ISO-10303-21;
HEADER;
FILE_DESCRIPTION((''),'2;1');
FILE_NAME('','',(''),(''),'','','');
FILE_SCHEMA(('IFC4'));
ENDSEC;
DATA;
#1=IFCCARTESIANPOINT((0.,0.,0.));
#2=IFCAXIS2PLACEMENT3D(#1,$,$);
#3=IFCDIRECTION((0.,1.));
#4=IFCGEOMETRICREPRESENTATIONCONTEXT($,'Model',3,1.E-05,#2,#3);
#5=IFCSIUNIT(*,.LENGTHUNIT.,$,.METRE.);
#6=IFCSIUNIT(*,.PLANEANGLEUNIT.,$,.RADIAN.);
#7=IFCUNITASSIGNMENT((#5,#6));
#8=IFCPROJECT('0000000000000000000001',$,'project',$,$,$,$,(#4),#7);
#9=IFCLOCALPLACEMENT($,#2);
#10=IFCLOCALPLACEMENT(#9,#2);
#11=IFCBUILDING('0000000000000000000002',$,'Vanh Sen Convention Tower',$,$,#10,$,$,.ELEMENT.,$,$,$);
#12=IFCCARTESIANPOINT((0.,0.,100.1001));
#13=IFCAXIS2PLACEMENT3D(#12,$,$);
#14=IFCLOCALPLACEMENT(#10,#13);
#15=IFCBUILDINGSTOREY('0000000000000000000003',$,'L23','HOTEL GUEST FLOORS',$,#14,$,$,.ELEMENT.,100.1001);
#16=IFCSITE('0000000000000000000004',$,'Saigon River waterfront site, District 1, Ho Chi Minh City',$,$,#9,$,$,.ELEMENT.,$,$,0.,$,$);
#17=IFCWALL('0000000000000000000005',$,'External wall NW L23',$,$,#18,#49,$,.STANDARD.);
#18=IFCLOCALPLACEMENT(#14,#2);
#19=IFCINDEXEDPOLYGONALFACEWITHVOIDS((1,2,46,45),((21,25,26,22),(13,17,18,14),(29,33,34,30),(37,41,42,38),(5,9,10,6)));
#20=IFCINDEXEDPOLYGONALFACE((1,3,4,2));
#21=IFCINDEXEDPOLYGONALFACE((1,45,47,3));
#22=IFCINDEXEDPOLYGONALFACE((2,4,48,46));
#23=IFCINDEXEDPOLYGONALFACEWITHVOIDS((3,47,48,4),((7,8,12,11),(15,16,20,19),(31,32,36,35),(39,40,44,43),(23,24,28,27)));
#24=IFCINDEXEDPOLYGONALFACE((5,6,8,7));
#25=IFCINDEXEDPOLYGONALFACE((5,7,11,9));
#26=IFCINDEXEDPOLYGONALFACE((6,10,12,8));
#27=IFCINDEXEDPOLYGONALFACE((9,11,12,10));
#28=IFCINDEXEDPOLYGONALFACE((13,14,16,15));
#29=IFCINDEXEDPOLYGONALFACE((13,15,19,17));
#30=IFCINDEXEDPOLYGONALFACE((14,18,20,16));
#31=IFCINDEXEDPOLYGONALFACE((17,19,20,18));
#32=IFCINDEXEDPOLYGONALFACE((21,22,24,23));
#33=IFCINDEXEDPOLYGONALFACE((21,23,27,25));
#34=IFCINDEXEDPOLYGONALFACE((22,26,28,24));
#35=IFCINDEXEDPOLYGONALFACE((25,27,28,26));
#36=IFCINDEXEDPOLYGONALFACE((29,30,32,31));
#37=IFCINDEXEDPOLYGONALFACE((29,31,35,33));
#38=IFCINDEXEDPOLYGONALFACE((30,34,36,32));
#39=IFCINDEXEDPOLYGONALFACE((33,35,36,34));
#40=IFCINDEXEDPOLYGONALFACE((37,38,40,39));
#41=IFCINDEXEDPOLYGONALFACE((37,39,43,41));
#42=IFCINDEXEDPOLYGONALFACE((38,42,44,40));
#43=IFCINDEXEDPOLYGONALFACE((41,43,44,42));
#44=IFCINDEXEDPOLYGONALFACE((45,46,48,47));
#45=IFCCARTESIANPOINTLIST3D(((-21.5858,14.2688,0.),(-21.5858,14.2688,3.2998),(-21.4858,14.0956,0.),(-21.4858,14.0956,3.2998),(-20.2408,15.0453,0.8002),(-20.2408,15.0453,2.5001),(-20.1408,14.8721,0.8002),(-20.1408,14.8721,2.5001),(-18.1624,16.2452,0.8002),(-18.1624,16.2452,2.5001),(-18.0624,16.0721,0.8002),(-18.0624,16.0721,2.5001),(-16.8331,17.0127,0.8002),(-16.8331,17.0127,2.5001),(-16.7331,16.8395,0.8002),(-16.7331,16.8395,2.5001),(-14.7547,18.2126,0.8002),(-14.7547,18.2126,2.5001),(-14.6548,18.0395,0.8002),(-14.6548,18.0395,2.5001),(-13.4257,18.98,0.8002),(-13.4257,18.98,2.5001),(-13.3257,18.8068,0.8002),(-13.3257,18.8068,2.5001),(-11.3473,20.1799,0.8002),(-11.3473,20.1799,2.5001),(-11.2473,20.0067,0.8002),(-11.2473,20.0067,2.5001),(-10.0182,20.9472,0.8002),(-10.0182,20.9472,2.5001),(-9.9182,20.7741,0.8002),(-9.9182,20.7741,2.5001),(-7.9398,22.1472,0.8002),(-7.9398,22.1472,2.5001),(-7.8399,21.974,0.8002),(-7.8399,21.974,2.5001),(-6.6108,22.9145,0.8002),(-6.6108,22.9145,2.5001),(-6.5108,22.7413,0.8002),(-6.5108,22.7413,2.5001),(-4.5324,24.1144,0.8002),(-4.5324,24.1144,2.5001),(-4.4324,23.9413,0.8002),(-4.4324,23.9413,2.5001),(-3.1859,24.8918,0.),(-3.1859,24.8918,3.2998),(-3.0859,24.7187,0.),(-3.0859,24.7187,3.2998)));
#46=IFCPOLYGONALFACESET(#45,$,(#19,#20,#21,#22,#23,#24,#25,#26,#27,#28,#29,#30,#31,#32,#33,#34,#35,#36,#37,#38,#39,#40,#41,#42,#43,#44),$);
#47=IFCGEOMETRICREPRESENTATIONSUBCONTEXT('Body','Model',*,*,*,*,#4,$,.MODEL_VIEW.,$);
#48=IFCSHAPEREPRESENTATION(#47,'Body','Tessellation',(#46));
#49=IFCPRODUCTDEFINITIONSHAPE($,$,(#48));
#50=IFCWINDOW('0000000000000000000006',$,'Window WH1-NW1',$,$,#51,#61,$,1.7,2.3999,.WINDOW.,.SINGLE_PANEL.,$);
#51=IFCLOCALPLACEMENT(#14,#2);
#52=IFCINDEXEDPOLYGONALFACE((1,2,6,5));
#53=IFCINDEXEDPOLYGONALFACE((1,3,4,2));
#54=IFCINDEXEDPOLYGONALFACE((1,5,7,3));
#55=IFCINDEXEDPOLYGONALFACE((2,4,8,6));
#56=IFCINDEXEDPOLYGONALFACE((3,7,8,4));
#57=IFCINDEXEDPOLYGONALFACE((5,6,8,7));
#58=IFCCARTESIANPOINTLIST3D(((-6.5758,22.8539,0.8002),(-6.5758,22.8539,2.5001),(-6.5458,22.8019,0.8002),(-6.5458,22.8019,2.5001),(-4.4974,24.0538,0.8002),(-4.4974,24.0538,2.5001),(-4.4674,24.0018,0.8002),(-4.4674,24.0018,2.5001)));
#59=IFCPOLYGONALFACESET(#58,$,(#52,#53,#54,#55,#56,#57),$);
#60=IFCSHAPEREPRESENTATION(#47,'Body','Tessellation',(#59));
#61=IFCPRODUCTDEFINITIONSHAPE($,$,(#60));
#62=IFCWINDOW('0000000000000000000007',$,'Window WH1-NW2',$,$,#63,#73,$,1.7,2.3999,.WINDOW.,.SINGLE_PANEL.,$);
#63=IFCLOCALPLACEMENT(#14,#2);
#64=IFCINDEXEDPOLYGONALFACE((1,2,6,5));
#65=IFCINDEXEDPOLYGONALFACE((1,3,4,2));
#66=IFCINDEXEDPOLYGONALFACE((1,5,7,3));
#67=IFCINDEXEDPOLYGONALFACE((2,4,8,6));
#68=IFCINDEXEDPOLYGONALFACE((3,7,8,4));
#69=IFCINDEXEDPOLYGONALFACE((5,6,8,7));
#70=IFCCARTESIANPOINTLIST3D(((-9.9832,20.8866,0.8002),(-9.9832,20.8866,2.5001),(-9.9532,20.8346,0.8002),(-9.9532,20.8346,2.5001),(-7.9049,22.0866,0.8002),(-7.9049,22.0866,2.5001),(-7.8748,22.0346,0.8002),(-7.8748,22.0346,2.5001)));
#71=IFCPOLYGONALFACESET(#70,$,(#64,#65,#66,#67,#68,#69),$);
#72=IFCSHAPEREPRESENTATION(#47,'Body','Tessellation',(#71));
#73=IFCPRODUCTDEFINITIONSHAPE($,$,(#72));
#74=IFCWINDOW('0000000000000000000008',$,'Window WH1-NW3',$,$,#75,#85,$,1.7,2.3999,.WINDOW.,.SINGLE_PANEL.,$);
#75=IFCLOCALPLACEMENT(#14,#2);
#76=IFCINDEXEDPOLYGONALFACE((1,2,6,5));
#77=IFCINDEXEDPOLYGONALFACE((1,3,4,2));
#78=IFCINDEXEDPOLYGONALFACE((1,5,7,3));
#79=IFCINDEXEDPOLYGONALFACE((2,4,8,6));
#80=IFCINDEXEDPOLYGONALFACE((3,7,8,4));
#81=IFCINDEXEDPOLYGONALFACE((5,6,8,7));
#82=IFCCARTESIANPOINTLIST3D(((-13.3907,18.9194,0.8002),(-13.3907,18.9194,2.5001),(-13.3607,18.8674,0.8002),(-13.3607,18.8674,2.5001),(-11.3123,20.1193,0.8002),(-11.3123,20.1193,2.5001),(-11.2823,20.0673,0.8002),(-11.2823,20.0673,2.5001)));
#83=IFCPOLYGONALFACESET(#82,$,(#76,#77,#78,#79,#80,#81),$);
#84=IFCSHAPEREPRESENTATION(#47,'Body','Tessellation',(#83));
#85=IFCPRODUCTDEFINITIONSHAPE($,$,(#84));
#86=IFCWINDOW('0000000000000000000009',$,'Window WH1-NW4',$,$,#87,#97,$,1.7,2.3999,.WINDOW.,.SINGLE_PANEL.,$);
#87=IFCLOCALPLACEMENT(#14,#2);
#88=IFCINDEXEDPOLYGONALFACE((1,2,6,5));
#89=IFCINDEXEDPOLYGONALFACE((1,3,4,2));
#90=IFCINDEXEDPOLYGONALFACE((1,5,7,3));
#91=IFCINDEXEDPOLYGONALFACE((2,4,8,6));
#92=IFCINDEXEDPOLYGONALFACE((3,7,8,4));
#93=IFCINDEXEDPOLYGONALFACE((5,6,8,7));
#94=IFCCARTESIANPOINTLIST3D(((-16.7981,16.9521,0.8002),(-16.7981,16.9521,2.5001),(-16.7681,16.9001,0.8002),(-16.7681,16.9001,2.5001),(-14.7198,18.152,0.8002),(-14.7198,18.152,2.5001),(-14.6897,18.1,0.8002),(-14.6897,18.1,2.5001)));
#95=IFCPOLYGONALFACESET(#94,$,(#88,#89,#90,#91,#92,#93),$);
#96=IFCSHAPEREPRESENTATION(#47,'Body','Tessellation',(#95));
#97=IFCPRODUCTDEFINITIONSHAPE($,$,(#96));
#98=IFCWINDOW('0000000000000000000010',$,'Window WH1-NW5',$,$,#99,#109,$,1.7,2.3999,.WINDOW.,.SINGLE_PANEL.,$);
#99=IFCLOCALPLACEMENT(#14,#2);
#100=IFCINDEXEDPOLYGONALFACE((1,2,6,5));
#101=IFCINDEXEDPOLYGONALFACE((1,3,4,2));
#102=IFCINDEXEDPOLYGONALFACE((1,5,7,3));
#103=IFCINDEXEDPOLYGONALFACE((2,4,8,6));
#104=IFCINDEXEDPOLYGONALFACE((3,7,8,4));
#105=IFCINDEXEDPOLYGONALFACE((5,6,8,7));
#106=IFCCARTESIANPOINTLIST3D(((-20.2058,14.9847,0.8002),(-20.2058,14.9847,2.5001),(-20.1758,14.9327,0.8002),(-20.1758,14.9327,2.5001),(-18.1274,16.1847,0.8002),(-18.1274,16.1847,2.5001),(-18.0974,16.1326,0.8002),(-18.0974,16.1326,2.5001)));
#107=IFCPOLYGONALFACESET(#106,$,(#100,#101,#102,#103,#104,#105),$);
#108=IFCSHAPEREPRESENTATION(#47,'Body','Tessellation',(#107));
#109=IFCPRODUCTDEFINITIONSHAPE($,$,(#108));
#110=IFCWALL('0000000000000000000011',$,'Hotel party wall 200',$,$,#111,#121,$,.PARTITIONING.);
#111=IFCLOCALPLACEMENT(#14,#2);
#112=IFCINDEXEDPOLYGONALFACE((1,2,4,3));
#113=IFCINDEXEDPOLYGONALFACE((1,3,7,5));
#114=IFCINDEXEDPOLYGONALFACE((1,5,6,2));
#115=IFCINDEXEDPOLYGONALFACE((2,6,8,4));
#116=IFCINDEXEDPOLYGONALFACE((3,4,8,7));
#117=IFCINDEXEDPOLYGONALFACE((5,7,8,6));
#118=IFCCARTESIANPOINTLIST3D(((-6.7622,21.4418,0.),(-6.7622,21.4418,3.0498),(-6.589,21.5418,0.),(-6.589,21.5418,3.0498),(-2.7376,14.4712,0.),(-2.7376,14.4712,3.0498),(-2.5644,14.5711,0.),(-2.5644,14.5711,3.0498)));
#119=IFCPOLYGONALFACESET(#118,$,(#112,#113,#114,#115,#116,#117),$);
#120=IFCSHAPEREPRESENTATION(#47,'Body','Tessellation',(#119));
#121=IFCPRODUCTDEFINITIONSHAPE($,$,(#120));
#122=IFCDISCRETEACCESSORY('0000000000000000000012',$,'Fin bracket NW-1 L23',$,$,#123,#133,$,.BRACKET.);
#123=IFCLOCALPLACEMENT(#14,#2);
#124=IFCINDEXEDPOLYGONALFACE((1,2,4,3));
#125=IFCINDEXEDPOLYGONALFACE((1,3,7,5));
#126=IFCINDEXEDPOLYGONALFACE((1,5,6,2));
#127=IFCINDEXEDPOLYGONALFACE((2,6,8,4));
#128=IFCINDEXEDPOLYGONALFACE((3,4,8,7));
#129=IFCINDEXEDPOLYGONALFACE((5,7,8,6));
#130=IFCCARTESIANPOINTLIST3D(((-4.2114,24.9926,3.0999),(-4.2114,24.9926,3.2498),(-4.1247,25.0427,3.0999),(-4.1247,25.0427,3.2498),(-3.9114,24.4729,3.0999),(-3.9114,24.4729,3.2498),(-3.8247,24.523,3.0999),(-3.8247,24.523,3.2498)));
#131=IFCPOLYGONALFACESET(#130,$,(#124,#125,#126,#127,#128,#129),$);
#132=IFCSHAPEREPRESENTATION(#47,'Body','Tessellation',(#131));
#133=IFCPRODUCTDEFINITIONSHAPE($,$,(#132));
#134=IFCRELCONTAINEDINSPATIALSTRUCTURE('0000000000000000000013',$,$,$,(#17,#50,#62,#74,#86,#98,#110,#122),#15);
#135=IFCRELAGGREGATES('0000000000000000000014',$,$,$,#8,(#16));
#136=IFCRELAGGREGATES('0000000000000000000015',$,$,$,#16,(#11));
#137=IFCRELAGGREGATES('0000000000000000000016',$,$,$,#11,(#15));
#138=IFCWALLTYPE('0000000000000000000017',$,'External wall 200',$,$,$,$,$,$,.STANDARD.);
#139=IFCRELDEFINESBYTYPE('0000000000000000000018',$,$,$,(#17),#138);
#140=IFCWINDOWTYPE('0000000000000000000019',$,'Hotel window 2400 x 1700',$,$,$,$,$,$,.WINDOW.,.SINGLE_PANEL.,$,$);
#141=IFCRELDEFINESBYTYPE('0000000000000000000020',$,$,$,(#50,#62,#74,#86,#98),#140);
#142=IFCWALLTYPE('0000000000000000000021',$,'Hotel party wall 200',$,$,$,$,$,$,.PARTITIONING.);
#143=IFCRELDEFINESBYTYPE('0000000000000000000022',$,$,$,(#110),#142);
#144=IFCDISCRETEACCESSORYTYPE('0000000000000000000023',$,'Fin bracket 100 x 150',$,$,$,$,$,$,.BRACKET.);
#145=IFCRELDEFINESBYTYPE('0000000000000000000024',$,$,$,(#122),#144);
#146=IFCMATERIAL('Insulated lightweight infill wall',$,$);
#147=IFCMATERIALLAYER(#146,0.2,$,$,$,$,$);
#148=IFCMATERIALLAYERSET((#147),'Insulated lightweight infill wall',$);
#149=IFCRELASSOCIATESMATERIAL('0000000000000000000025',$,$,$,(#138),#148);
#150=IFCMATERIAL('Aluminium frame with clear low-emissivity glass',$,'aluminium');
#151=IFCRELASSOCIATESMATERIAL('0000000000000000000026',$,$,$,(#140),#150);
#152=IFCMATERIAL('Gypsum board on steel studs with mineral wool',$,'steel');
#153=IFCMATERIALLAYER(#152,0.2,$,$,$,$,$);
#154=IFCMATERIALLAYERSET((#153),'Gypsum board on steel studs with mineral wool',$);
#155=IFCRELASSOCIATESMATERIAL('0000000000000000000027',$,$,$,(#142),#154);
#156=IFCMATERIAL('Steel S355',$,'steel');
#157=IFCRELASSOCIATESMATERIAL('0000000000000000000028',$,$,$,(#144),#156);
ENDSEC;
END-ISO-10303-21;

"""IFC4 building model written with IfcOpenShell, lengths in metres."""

from ifc_helpers import new_model, si_unit, direction, frame, frame_2d, origin, origin_2d, place, context, subcontext, project, spatial, rectangle, extrude, material, layer, layer_set, type_object, element, fill, save


model = new_model("IFC4")

# Units and contexts
model_context = context("Model", 3, precision=1e-05, world=origin(), true_north=direction((0.0, 1.0)))
body_context = subcontext(model_context, "Body", "Model", "MODEL_VIEW")
ifc_project = project(units=[si_unit("LENGTHUNIT", "METRE"), si_unit("PLANEANGLEUNIT", "RADIAN")], contexts=[model_context])

# Site, building, storey
site_placement = place(None, origin())
site = spatial("IfcSite", under=ifc_project, at=site_placement, Name="Saigon River waterfront site, District 1, Ho Chi Minh City", CompositionType="ELEMENT", RefElevation=0.0)
building_placement = place(site_placement, origin())
building = spatial("IfcBuilding", under=site, at=building_placement, Name="Vanh Sen Convention Tower", CompositionType="ELEMENT")
storey_placement = place(building_placement, frame((0.0, 0.0, 100.1001)))
storey = spatial("IfcBuildingStorey", under=building, at=storey_placement, Name="L23", Description="HOTEL GUEST FLOORS", CompositionType="ELEMENT", Elevation=100.1001)

# Shared definitions
ifc_material_1 = material(Name="Gypsum board on steel studs with mineral wool", Category="steel")

# Wall, openings, windows
ifc_material_2 = material(Name="Insulated lightweight infill wall")
ifc_layer_1 = layer(ifc_material_2, 0.2)
ifc_layer_set_1 = layer_set([ifc_layer_1], Name="Insulated lightweight infill wall")
wall_type_1 = type_object("IfcWallType", Name="External wall 200", PredefinedType="STANDARD", material=ifc_layer_set_1)
wall_1_placement = place(storey_placement, frame((-3.136, 24.8052, 0.0), z_axis=(0.0, 0.0, 1.0), x_axis=(-0.866028, -0.499995, 0.0)))
wall_1 = element("IfcWall", 1, at=wall_1_placement, inside=storey, type_object=wall_type_1, Name="External wall NW L23", PredefinedType="STANDARD", context=body_context, shape_type="SweptSolid", body=[
    extrude(rectangle(XDim=21.2463, YDim=0.2, at=frame_2d((10.623, 0.0))), origin(), (0.0, 0.0, 1.0), 3.2998),
])
opening_1_placement = place(wall_1_placement, frame((1.5547, 0.0, 0.8)))
opening_1 = element("IfcOpeningElement", 2, at=opening_1_placement, cuts=wall_1, PredefinedType="OPENING", context=body_context, shape_type="SweptSolid", body=[
    extrude(rectangle(XDim=2.3999, YDim=1.7, at=frame_2d((1.2, 0.8501))), frame((0.0, 0.1099, 0.0), z_axis=(0.0, -1.0, 0.0), x_axis=(1.0, 0.0, 0.0)), (0.0, 0.0, 1.0), 0.22),
])
opening_2_placement = place(wall_1_placement, frame((5.4893, 0.0, 0.8)))
opening_2 = element("IfcOpeningElement", 3, at=opening_2_placement, cuts=wall_1, PredefinedType="OPENING", context=body_context, shape_type="SweptSolid", body=[
    extrude(rectangle(XDim=2.3999, YDim=1.7, at=frame_2d((1.2, 0.8501))), frame((0.0, 0.1099, 0.0), z_axis=(0.0, -1.0, 0.0), x_axis=(1.0, 0.0, 0.0)), (0.0, 0.0, 1.0), 0.22),
])
opening_3_placement = place(wall_1_placement, frame((9.4238, 0.0, 0.8)))
opening_3 = element("IfcOpeningElement", 4, at=opening_3_placement, cuts=wall_1, PredefinedType="OPENING", context=body_context, shape_type="SweptSolid", body=[
    extrude(rectangle(XDim=2.3999, YDim=1.7, at=frame_2d((1.2, 0.8501))), frame((0.0, 0.1099, 0.0), z_axis=(0.0, -1.0, 0.0), x_axis=(1.0, 0.0, 0.0)), (0.0, 0.0, 1.0), 0.22),
])
opening_4_placement = place(wall_1_placement, frame((13.3584, 0.0, 0.8)))
opening_4 = element("IfcOpeningElement", 5, at=opening_4_placement, cuts=wall_1, PredefinedType="OPENING", context=body_context, shape_type="SweptSolid", body=[
    extrude(rectangle(XDim=2.3999, YDim=1.7, at=frame_2d((1.2, 0.8501))), frame((0.0, 0.1099, 0.0), z_axis=(0.0, -1.0, 0.0), x_axis=(1.0, 0.0, 0.0)), (0.0, 0.0, 1.0), 0.22),
])
opening_5_placement = place(wall_1_placement, frame((17.2932, 0.0, 0.8)))
opening_5 = element("IfcOpeningElement", 6, at=opening_5_placement, cuts=wall_1, PredefinedType="OPENING", context=body_context, shape_type="SweptSolid", body=[
    extrude(rectangle(XDim=2.3999, YDim=1.7, at=frame_2d((1.2, 0.8501))), frame((0.0, 0.1099, 0.0), z_axis=(0.0, -1.0, 0.0), x_axis=(1.0, 0.0, 0.0)), (0.0, 0.0, 1.0), 0.22),
])
ifc_material_3 = material(Name="Aluminium frame with clear low-emissivity glass", Category="aluminium")
window_type = type_object("IfcWindowType", Name="Hotel window 2400 x 1700", PartitioningType="SINGLE_PANEL", PredefinedType="WINDOW", material=ifc_material_3)
window_1_placement = place(opening_1_placement, origin())
window_1 = element("IfcWindow", 7, at=window_1_placement, inside=storey, type_object=window_type, Name="Window WH1-NW1", OverallHeight=1.7, OverallWidth=2.3999, PartitioningType="SINGLE_PANEL", PredefinedType="WINDOW", context=body_context, shape_type="SweptSolid", body=[
    extrude(rectangle(XDim=2.3999, YDim=1.7, at=frame_2d((1.2, 0.8501))), frame((0.0, 0.03, 0.0), z_axis=(0.0, -1.0, 0.0), x_axis=(1.0, 0.0, 0.0)), (0.0, 0.0, 1.0), 0.0601),
])
fill(opening_1, window_1)
window_2_placement = place(opening_2_placement, origin())
window_2 = element("IfcWindow", 8, at=window_2_placement, inside=storey, type_object=window_type, Name="Window WH1-NW2", OverallHeight=1.7, OverallWidth=2.3999, PartitioningType="SINGLE_PANEL", PredefinedType="WINDOW", context=body_context, shape_type="SweptSolid", body=[
    extrude(rectangle(XDim=2.3999, YDim=1.7, at=frame_2d((1.2, 0.8501))), frame((0.0, 0.03, 0.0), z_axis=(0.0, -1.0, 0.0), x_axis=(1.0, 0.0, 0.0)), (0.0, 0.0, 1.0), 0.0601),
])
fill(opening_2, window_2)
window_3_placement = place(opening_3_placement, origin())
window_3 = element("IfcWindow", 9, at=window_3_placement, inside=storey, type_object=window_type, Name="Window WH1-NW3", OverallHeight=1.7, OverallWidth=2.3999, PartitioningType="SINGLE_PANEL", PredefinedType="WINDOW", context=body_context, shape_type="SweptSolid", body=[
    extrude(rectangle(XDim=2.3999, YDim=1.7, at=frame_2d((1.2, 0.8501))), frame((0.0, 0.03, 0.0), z_axis=(0.0, -1.0, 0.0), x_axis=(1.0, 0.0, 0.0)), (0.0, 0.0, 1.0), 0.0601),
])
fill(opening_3, window_3)
window_4_placement = place(opening_4_placement, origin())
window_4 = element("IfcWindow", 10, at=window_4_placement, inside=storey, type_object=window_type, Name="Window WH1-NW4", OverallHeight=1.7, OverallWidth=2.3999, PartitioningType="SINGLE_PANEL", PredefinedType="WINDOW", context=body_context, shape_type="SweptSolid", body=[
    extrude(rectangle(XDim=2.3999, YDim=1.7, at=frame_2d((1.2, 0.8501))), frame((0.0, 0.03, 0.0), z_axis=(0.0, -1.0, 0.0), x_axis=(1.0, 0.0, 0.0)), (0.0, 0.0, 1.0), 0.0601),
])
fill(opening_4, window_4)
window_5_placement = place(opening_5_placement, origin())
window_5 = element("IfcWindow", 11, at=window_5_placement, inside=storey, type_object=window_type, Name="Window WH1-NW5", OverallHeight=1.7, OverallWidth=2.3999, PartitioningType="SINGLE_PANEL", PredefinedType="WINDOW", context=body_context, shape_type="SweptSolid", body=[
    extrude(rectangle(XDim=2.3999, YDim=1.7, at=frame_2d((1.2, 0.8501))), frame((0.0, 0.03, 0.0), z_axis=(0.0, -1.0, 0.0), x_axis=(1.0, 0.0, 0.0)), (0.0, 0.0, 1.0), 0.0601),
])
fill(opening_5, window_5)

# Wall
ifc_layer_2 = layer(ifc_material_1, 0.2)
ifc_layer_set_2 = layer_set([ifc_layer_2], Name="Gypsum board on steel studs with mineral wool")
wall_type_2 = type_object("IfcWallType", Name="Hotel party wall 200", PredefinedType="PARTITIONING", material=ifc_layer_set_2)
wall_2_placement = place(storey_placement, frame((-6.6755, 21.4917, 0.0), z_axis=(0.0, 0.0, 1.0), x_axis=(0.500011, -0.866019, 0.0)))
element("IfcWall", 12, at=wall_2_placement, inside=storey, type_object=wall_type_2, Name="Hotel party wall 200", PredefinedType="PARTITIONING", context=body_context, shape_type="SweptSolid", body=[
    extrude(rectangle(XDim=8.0491, YDim=0.2, at=frame_2d((4.0244, 0.0))), origin(), (0.0, 0.0, 1.0), 3.0498),
])

# Discrete accessory
ifc_material_4 = material(Name="Steel S355", Category="steel")
discrete_accessory_type = type_object("IfcDiscreteAccessoryType", Name="Fin bracket 100 x 150", PredefinedType="BRACKET", material=ifc_material_4)
discrete_accessory_placement = place(storey_placement, frame((-4.0181, 24.7578, 3.0999), z_axis=(0.0, 0.0, 1.0), x_axis=(-0.5, 0.866025, 0.0)))
element("IfcDiscreteAccessory", 13, at=discrete_accessory_placement, inside=storey, type_object=discrete_accessory_type, Name="Fin bracket NW-1 L23", PredefinedType="BRACKET", context=body_context, shape_type="SweptSolid", body=[
    extrude(rectangle(XDim=0.6001, YDim=0.1001, at=origin_2d()), origin(), (0.0, 0.0, 1.0), 0.1499),
])

save(model, "model.ifc")
